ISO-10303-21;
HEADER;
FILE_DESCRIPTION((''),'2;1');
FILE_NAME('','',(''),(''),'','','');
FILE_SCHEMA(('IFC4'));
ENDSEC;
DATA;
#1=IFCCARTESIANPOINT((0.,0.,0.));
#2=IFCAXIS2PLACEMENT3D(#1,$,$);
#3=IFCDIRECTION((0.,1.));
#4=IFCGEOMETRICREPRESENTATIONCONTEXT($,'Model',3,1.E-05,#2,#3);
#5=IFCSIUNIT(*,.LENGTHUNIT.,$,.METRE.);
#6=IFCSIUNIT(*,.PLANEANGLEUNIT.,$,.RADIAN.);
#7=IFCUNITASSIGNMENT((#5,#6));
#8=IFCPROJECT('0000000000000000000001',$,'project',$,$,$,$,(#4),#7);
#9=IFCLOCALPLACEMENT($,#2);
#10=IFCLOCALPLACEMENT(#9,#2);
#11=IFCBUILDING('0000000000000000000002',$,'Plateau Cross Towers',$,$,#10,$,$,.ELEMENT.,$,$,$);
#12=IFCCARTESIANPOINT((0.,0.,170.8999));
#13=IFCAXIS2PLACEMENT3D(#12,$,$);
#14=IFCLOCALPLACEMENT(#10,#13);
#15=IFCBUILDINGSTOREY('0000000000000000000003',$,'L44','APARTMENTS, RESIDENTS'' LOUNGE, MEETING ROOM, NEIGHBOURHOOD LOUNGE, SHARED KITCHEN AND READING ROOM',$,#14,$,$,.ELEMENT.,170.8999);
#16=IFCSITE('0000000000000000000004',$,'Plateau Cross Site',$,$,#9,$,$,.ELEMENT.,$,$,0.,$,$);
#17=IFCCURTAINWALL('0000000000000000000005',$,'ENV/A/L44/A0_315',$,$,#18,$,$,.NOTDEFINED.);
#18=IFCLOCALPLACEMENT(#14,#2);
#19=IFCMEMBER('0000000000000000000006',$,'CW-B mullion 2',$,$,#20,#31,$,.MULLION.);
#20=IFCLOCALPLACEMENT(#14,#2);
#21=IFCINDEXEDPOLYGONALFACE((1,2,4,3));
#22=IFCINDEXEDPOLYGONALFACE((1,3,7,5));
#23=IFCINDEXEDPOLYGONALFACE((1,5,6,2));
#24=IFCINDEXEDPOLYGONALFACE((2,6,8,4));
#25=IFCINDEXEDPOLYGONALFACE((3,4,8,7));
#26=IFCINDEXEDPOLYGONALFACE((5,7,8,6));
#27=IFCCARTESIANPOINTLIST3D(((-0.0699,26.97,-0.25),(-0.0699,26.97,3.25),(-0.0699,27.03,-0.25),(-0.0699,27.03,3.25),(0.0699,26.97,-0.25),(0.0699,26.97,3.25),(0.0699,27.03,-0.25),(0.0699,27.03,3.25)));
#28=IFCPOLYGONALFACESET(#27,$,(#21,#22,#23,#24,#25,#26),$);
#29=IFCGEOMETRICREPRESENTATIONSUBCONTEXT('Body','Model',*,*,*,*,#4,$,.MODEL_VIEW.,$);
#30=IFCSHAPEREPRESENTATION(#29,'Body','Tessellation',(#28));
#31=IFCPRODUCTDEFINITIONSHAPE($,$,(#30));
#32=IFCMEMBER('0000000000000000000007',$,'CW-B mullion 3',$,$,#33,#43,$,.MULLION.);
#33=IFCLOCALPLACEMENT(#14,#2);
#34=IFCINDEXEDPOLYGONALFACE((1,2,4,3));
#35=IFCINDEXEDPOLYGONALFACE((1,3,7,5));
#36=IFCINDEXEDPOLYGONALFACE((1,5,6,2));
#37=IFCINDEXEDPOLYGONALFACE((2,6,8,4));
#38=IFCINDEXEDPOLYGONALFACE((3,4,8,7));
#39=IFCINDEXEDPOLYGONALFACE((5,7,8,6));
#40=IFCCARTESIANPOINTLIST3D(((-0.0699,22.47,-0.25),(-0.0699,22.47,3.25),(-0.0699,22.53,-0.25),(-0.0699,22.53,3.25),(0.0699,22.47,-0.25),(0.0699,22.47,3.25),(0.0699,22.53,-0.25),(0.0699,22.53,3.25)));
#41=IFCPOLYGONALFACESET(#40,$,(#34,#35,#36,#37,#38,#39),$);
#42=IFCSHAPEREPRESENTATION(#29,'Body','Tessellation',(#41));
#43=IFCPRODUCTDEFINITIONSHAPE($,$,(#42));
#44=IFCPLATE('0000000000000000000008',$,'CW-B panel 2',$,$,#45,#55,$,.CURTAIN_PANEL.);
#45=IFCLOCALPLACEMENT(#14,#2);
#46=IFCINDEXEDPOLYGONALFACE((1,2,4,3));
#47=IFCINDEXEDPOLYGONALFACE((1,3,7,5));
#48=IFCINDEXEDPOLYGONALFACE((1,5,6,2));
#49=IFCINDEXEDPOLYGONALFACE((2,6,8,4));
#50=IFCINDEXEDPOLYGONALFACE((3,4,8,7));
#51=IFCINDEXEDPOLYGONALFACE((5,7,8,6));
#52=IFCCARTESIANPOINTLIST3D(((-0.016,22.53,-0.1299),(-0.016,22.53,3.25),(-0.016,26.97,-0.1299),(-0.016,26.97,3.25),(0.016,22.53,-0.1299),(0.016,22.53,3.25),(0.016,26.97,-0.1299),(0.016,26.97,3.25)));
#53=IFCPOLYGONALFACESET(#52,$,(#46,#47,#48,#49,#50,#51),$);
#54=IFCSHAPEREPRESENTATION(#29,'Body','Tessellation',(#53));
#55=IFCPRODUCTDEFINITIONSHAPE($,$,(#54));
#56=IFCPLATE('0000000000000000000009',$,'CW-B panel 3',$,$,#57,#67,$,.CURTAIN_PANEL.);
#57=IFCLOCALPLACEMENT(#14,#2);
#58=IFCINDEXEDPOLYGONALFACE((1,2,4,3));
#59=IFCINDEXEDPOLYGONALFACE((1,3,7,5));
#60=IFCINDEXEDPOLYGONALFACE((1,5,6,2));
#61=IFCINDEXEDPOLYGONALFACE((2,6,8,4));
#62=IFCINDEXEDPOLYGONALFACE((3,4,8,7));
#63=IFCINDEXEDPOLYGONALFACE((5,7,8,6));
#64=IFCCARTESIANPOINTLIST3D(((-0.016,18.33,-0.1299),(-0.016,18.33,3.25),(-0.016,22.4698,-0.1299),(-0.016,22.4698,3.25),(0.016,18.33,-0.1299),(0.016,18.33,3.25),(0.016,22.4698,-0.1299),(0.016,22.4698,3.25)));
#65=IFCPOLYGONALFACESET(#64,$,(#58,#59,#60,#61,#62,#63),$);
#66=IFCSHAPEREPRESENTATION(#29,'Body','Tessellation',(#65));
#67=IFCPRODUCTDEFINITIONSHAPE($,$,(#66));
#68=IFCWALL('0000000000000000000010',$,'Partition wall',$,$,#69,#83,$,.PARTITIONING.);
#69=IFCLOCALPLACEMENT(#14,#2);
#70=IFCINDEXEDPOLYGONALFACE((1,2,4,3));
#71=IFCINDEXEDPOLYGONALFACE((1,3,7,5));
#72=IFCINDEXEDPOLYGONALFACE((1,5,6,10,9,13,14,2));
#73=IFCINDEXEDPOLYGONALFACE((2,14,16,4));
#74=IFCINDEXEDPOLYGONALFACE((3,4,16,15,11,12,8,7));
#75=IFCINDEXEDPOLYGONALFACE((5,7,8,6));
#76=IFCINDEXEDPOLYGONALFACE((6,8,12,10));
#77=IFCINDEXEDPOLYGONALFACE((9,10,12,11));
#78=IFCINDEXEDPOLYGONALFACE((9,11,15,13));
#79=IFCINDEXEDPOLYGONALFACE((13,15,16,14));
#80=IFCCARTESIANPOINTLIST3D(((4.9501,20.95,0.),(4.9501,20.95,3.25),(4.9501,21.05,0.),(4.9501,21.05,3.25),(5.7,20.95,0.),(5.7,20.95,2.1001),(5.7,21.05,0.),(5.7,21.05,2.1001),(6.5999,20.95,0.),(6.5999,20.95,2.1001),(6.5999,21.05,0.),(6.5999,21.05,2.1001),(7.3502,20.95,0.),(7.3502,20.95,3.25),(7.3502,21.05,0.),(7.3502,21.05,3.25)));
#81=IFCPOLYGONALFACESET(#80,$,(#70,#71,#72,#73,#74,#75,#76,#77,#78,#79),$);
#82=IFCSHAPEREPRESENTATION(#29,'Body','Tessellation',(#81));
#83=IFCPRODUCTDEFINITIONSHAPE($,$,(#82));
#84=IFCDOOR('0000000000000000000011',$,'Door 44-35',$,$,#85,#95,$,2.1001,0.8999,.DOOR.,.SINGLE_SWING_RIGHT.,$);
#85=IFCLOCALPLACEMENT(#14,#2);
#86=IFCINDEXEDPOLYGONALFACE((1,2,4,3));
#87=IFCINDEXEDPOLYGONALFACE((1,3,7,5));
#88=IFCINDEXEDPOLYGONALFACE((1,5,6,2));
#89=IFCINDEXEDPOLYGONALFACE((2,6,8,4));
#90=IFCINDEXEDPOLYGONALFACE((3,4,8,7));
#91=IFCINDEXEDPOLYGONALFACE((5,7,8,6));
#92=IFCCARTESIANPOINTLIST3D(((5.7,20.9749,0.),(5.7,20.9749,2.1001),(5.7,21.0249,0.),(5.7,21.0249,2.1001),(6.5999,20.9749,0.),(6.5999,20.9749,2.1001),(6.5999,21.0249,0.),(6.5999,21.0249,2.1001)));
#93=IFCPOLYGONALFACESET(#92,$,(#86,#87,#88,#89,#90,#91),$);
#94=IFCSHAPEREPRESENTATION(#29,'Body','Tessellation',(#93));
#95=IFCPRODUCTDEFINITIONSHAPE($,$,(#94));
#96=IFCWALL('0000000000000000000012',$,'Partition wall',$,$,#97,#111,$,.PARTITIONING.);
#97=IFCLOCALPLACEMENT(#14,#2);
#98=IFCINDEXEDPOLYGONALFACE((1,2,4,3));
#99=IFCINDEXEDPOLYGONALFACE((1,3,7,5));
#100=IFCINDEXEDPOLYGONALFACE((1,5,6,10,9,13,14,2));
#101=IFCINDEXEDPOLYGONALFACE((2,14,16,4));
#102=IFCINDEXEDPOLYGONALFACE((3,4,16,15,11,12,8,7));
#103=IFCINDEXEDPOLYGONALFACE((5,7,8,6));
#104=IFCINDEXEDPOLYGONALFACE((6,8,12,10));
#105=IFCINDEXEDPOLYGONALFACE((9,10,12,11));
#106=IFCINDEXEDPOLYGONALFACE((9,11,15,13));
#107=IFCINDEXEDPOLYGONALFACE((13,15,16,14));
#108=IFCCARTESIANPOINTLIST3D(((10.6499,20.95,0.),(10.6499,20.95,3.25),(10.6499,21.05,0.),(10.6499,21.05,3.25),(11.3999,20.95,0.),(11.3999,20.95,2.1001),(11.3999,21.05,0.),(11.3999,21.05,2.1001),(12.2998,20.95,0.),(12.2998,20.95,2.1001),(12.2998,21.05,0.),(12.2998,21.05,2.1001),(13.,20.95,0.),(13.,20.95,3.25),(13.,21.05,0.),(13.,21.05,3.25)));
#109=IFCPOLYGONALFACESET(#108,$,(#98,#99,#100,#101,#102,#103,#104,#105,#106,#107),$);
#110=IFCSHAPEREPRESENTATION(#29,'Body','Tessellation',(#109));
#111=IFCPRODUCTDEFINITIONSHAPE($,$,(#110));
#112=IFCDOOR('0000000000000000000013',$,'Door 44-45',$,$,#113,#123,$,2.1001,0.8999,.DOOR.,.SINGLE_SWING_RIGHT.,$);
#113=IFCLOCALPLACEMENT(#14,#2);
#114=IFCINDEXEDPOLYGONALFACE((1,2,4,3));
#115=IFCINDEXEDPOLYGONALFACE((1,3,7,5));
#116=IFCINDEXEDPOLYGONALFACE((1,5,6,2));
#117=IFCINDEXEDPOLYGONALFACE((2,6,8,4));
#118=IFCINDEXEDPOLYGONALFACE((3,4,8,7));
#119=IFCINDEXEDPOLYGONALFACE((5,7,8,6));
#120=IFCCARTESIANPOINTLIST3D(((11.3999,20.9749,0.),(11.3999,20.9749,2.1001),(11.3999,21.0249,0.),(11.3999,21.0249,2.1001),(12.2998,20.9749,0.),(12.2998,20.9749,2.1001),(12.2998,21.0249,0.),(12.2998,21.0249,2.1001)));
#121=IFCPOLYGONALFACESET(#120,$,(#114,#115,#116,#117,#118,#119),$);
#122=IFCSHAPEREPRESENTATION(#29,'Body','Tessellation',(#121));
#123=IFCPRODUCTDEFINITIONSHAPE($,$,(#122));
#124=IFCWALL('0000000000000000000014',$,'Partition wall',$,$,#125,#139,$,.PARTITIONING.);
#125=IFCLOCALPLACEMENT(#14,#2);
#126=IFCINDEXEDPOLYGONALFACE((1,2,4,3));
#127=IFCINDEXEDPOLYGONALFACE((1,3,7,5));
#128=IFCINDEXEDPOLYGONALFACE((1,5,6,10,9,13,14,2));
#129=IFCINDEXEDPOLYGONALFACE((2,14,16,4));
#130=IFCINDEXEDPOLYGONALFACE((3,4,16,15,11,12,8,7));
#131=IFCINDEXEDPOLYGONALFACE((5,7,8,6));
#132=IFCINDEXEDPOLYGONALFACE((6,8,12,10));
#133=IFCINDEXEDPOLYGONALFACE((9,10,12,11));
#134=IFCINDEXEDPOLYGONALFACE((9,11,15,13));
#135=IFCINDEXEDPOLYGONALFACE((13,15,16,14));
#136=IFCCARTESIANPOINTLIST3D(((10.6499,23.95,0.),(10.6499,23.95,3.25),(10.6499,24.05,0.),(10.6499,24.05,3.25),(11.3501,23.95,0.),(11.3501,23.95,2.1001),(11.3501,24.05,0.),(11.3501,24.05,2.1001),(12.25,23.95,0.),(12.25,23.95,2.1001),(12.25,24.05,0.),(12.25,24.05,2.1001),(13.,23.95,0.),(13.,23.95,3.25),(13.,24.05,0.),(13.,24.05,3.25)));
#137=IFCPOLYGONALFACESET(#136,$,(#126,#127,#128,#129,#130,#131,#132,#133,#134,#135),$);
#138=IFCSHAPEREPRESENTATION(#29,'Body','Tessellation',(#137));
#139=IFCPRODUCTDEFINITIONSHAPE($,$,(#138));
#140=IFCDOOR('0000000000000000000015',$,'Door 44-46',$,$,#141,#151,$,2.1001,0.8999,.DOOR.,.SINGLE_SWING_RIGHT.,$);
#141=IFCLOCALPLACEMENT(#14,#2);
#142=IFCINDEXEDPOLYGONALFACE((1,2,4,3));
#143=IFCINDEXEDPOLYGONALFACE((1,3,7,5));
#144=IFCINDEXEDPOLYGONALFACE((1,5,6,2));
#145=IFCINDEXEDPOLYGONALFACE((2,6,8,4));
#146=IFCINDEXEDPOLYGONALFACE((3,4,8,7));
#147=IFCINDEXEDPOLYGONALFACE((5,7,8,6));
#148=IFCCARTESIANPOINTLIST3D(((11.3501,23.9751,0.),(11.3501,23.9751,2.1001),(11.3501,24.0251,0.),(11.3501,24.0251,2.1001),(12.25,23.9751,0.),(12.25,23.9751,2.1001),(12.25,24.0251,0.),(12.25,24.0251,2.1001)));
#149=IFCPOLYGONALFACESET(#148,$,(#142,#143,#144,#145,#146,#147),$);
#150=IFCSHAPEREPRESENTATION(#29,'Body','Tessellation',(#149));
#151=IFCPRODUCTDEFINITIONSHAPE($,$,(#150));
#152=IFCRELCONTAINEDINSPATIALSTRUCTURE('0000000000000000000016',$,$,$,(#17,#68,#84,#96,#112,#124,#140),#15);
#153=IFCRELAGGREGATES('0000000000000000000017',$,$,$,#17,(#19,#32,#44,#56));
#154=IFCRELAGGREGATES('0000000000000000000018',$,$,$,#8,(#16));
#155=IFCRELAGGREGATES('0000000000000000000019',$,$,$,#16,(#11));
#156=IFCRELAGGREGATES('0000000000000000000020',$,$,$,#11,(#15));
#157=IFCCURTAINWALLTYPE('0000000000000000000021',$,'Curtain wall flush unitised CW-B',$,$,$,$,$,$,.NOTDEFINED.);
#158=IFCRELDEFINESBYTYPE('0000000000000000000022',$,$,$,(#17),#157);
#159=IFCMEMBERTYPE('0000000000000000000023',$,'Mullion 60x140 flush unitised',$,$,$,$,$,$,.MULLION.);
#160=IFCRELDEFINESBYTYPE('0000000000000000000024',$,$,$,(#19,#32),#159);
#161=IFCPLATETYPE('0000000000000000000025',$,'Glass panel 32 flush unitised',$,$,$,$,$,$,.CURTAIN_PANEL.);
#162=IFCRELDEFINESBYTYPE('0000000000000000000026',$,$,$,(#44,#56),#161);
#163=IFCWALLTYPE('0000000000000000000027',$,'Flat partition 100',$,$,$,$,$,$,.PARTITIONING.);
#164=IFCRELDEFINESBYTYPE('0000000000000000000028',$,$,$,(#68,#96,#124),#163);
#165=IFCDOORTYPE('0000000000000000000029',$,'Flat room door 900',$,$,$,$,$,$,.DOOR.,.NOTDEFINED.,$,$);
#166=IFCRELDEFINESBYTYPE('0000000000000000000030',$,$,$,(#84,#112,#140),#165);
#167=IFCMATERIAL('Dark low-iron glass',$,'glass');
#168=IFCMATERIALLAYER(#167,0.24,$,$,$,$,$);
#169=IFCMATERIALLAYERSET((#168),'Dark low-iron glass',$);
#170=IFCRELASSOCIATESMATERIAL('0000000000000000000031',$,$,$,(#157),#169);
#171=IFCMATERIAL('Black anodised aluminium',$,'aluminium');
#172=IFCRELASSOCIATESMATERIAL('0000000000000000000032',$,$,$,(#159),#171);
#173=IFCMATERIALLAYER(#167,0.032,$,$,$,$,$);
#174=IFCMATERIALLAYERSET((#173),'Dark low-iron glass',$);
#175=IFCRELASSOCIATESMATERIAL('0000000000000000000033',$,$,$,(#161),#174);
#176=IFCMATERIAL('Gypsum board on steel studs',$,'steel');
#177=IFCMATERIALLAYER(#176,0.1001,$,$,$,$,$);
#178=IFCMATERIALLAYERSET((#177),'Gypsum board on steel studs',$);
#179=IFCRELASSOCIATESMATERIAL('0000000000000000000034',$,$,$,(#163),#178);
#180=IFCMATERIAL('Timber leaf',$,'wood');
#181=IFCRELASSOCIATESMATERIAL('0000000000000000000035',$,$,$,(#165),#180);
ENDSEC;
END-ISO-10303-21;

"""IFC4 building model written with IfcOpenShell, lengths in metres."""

from ifc_helpers import new_model, si_unit, direction, frame, frame_2d, origin, origin_2d, place, context, subcontext, project, spatial, rectangle, extrude, material, layer, layer_set, material_profile, profile_set, type_object, element, fill, aggregate, save


model = new_model("IFC4")

# Units and contexts
model_context = context("Model", 3, precision=1e-05, world=origin(), true_north=direction((0.0, 1.0)))
body_context = subcontext(model_context, "Body", "Model", "MODEL_VIEW")
ifc_project = project(units=[si_unit("LENGTHUNIT", "METRE"), si_unit("PLANEANGLEUNIT", "RADIAN")], contexts=[model_context])

# Site, building, storey
site_placement = place(None, origin())
site = spatial("IfcSite", under=ifc_project, at=site_placement, Name="Plateau Cross Site", CompositionType="ELEMENT", RefElevation=0.0)
building_placement = place(site_placement, origin())
building = spatial("IfcBuilding", under=site, at=building_placement, Name="Plateau Cross Towers", CompositionType="ELEMENT")
storey_placement = place(building_placement, frame((0.0, 0.0, 170.8999)))
storey = spatial("IfcBuildingStorey", under=building, at=storey_placement, Name="L44", Description="APARTMENTS, RESIDENTS' LOUNGE, MEETING ROOM, NEIGHBOURHOOD LOUNGE, SHARED KITCHEN AND READING ROOM", CompositionType="ELEMENT", Elevation=170.8999)

# Curtain wall, members, plates
ifc_material_1 = material(Name="Dark low-iron glass", Category="glass")
ifc_layer_1 = layer(ifc_material_1, 0.24)
ifc_layer_set_1 = layer_set([ifc_layer_1], Name="Dark low-iron glass")
curtain_wall_type = type_object("IfcCurtainWallType", Name="Curtain wall flush unitised CW-B", PredefinedType="NOTDEFINED", material=ifc_layer_set_1)
curtain_wall_placement = place(storey_placement, origin())
curtain_wall = element("IfcCurtainWall", 1, at=curtain_wall_placement, inside=storey, type_object=curtain_wall_type, Name="ENV/A/L44/A0_315", PredefinedType="NOTDEFINED")
ifc_material_2 = material(Name="Black anodised aluminium", Category="aluminium")
ifc_material_profile = material_profile(ifc_material_2, rectangle(XDim=0.0601, YDim=0.1399, at=origin_2d()), Name="MULLION 60x140")
ifc_profile_set = profile_set([ifc_material_profile], Name="Black anodised aluminium")
member_type = type_object("IfcMemberType", Name="Mullion 60x140 flush unitised", PredefinedType="MULLION", material=ifc_profile_set)
member_1_placement = place(storey_placement, frame((0.0, 27.0, -0.25), z_axis=(0.0, 0.0, 1.0), x_axis=(0.0, -1.0, 0.0)))
member_1 = element("IfcMember", 2, at=member_1_placement, type_object=member_type, Name="CW-B mullion 2", PredefinedType="MULLION", context=body_context, shape_type="SweptSolid", body=[
    extrude(rectangle(XDim=0.0601, YDim=0.1399, at=origin_2d()), origin(), (0.0, 0.0, 1.0), 3.5),
])
member_2_placement = place(storey_placement, frame((0.0, 22.5, -0.25), z_axis=(0.0, 0.0, 1.0), x_axis=(0.0, -1.0, 0.0)))
member_2 = element("IfcMember", 3, at=member_2_placement, type_object=member_type, Name="CW-B mullion 3", PredefinedType="MULLION", context=body_context, shape_type="SweptSolid", body=[
    extrude(rectangle(XDim=0.0601, YDim=0.1399, at=origin_2d()), origin(), (0.0, 0.0, 1.0), 3.5),
])
ifc_layer_2 = layer(ifc_material_1, 0.032)
ifc_layer_set_2 = layer_set([ifc_layer_2], Name="Dark low-iron glass")
plate_type = type_object("IfcPlateType", Name="Glass panel 32 flush unitised", PredefinedType="CURTAIN_PANEL", material=ifc_layer_set_2)
plate_1_placement = place(storey_placement, frame((0.0, 24.75, -0.1299), z_axis=(0.0, 0.0, 1.0), x_axis=(0.0, -1.0, 0.0)))
plate_1 = element("IfcPlate", 4, at=plate_1_placement, type_object=plate_type, Name="CW-B panel 2", PredefinedType="CURTAIN_PANEL", context=body_context, shape_type="SweptSolid", body=[
    extrude(rectangle(XDim=4.4399, YDim=0.032, at=origin_2d()), origin(), (0.0, 0.0, 1.0), 3.3799),
])
plate_2_placement = place(storey_placement, frame((0.0, 20.3999, -0.1299), z_axis=(0.0, 0.0, 1.0), x_axis=(0.0, -1.0, 0.0)))
plate_2 = element("IfcPlate", 5, at=plate_2_placement, type_object=plate_type, Name="CW-B panel 3", PredefinedType="CURTAIN_PANEL", context=body_context, shape_type="SweptSolid", body=[
    extrude(rectangle(XDim=4.1399, YDim=0.032, at=origin_2d()), origin(), (0.0, 0.0, 1.0), 3.3799),
])
aggregate(curtain_wall, [member_1, member_2, plate_1, plate_2])

# Walls, openings, doors
ifc_material_3 = material(Name="Gypsum board on steel studs", Category="steel")
ifc_layer_3 = layer(ifc_material_3, 0.1001)
ifc_layer_set_3 = layer_set([ifc_layer_3], Name="Gypsum board on steel studs")
wall_type_1 = type_object("IfcWallType", Name="Flat partition 100", PredefinedType="PARTITIONING", material=ifc_layer_set_3)
wall_1_placement = place(storey_placement, frame((4.95, 21.0, 0.0), z_axis=(0.0, 0.0, 1.0), x_axis=(1.0, 0.0, 0.0)))
wall_1 = element("IfcWall", 6, at=wall_1_placement, inside=storey, type_object=wall_type_1, Name="Partition wall", PredefinedType="PARTITIONING", context=body_context, shape_type="SweptSolid", body=[
    extrude(rectangle(XDim=2.4001, YDim=0.1001, at=frame_2d((1.2002, 0.0))), origin(), (0.0, 0.0, 1.0), 3.25),
])
opening_1_placement = place(wall_1_placement, frame((0.75, 0.0, 0.0)))
opening_1 = element("IfcOpeningElement", 7, at=opening_1_placement, cuts=wall_1, PredefinedType="OPENING", context=body_context, shape_type="SweptSolid", body=[
    extrude(rectangle(XDim=0.8999, YDim=2.1001, at=frame_2d((0.45, 1.05))), frame((0.0, 0.0601, 0.0), z_axis=(0.0, -1.0, 0.0), x_axis=(1.0, 0.0, 0.0)), (0.0, 0.0, 1.0), 0.1201),
])
ifc_material_4 = material(Name="Timber leaf", Category="wood")
door_type_1 = type_object("IfcDoorType", Name="Flat room door 900", OperationType="NOTDEFINED", PredefinedType="DOOR", material=ifc_material_4)
door_1_placement = place(opening_1_placement, origin())
door_1 = element("IfcDoor", 8, at=door_1_placement, inside=storey, type_object=door_type_1, Name="Door 44-35", OperationType="SINGLE_SWING_RIGHT", OverallHeight=2.1001, OverallWidth=0.8999, PredefinedType="DOOR", context=body_context, shape_type="SweptSolid", body=[
    extrude(rectangle(XDim=0.8999, YDim=2.1001, at=frame_2d((0.45, 1.05))), frame((0.0, 0.0249, 0.0), z_axis=(0.0, -1.0, 0.0), x_axis=(1.0, 0.0, 0.0)), (0.0, 0.0, 1.0), 0.05),
])
fill(opening_1, door_1)
wall_2_placement = place(storey_placement, frame((10.6499, 21.0, 0.0), z_axis=(0.0, 0.0, 1.0), x_axis=(1.0, 0.0, 0.0)))
wall_2 = element("IfcWall", 9, at=wall_2_placement, inside=storey, type_object=wall_type_1, Name="Partition wall", PredefinedType="PARTITIONING", context=body_context, shape_type="SweptSolid", body=[
    extrude(rectangle(XDim=2.3501, YDim=0.1001, at=frame_2d((1.175, 0.0))), origin(), (0.0, 0.0, 1.0), 3.25),
])
opening_2_placement = place(wall_2_placement, frame((0.75, 0.0, 0.0)))
opening_2 = element("IfcOpeningElement", 10, at=opening_2_placement, cuts=wall_2, PredefinedType="OPENING", context=body_context, shape_type="SweptSolid", body=[
    extrude(rectangle(XDim=0.8999, YDim=2.1001, at=frame_2d((0.45, 1.05))), frame((0.0, 0.0601, 0.0), z_axis=(0.0, -1.0, 0.0), x_axis=(1.0, 0.0, 0.0)), (0.0, 0.0, 1.0), 0.1201),
])
door_2_placement = place(opening_2_placement, origin())
door_2 = element("IfcDoor", 11, at=door_2_placement, inside=storey, type_object=door_type_1, Name="Door 44-45", OperationType="SINGLE_SWING_RIGHT", OverallHeight=2.1001, OverallWidth=0.8999, PredefinedType="DOOR", context=body_context, shape_type="SweptSolid", body=[
    extrude(rectangle(XDim=0.8999, YDim=2.1001, at=frame_2d((0.45, 1.05))), frame((0.0, 0.0249, 0.0), z_axis=(0.0, -1.0, 0.0), x_axis=(1.0, 0.0, 0.0)), (0.0, 0.0, 1.0), 0.05),
])
fill(opening_2, door_2)
wall_3_placement = place(storey_placement, frame((13.0, 24.0, 0.0), z_axis=(0.0, 0.0, 1.0), x_axis=(-1.0, 0.0, 0.0)))
wall_3 = element("IfcWall", 12, at=wall_3_placement, inside=storey, type_object=wall_type_1, Name="Partition wall", PredefinedType="PARTITIONING", context=body_context, shape_type="SweptSolid", body=[
    extrude(rectangle(XDim=2.3501, YDim=0.1001, at=frame_2d((1.175, 0.0))), origin(), (0.0, 0.0, 1.0), 3.25),
])
opening_3_placement = place(wall_3_placement, frame((0.75, 0.0, 0.0)))
opening_3 = element("IfcOpeningElement", 13, at=opening_3_placement, cuts=wall_3, PredefinedType="OPENING", context=body_context, shape_type="SweptSolid", body=[
    extrude(rectangle(XDim=0.8999, YDim=2.1001, at=frame_2d((0.45, 1.05))), frame((0.0, 0.0601, 0.0), z_axis=(0.0, -1.0, 0.0), x_axis=(1.0, 0.0, 0.0)), (0.0, 0.0, 1.0), 0.1201),
])
door_3_placement = place(opening_3_placement, origin())
door_3 = element("IfcDoor", 14, at=door_3_placement, inside=storey, type_object=door_type_1, Name="Door 44-46", OperationType="SINGLE_SWING_RIGHT", OverallHeight=2.1001, OverallWidth=0.8999, PredefinedType="DOOR", context=body_context, shape_type="SweptSolid", body=[
    extrude(rectangle(XDim=0.8999, YDim=2.1001, at=frame_2d((0.45, 1.05))), frame((0.0, 0.0249, 0.0), z_axis=(0.0, -1.0, 0.0), x_axis=(1.0, 0.0, 0.0)), (0.0, 0.0, 1.0), 0.05),
])
fill(opening_3, door_3)

save(model, "model.ifc")
